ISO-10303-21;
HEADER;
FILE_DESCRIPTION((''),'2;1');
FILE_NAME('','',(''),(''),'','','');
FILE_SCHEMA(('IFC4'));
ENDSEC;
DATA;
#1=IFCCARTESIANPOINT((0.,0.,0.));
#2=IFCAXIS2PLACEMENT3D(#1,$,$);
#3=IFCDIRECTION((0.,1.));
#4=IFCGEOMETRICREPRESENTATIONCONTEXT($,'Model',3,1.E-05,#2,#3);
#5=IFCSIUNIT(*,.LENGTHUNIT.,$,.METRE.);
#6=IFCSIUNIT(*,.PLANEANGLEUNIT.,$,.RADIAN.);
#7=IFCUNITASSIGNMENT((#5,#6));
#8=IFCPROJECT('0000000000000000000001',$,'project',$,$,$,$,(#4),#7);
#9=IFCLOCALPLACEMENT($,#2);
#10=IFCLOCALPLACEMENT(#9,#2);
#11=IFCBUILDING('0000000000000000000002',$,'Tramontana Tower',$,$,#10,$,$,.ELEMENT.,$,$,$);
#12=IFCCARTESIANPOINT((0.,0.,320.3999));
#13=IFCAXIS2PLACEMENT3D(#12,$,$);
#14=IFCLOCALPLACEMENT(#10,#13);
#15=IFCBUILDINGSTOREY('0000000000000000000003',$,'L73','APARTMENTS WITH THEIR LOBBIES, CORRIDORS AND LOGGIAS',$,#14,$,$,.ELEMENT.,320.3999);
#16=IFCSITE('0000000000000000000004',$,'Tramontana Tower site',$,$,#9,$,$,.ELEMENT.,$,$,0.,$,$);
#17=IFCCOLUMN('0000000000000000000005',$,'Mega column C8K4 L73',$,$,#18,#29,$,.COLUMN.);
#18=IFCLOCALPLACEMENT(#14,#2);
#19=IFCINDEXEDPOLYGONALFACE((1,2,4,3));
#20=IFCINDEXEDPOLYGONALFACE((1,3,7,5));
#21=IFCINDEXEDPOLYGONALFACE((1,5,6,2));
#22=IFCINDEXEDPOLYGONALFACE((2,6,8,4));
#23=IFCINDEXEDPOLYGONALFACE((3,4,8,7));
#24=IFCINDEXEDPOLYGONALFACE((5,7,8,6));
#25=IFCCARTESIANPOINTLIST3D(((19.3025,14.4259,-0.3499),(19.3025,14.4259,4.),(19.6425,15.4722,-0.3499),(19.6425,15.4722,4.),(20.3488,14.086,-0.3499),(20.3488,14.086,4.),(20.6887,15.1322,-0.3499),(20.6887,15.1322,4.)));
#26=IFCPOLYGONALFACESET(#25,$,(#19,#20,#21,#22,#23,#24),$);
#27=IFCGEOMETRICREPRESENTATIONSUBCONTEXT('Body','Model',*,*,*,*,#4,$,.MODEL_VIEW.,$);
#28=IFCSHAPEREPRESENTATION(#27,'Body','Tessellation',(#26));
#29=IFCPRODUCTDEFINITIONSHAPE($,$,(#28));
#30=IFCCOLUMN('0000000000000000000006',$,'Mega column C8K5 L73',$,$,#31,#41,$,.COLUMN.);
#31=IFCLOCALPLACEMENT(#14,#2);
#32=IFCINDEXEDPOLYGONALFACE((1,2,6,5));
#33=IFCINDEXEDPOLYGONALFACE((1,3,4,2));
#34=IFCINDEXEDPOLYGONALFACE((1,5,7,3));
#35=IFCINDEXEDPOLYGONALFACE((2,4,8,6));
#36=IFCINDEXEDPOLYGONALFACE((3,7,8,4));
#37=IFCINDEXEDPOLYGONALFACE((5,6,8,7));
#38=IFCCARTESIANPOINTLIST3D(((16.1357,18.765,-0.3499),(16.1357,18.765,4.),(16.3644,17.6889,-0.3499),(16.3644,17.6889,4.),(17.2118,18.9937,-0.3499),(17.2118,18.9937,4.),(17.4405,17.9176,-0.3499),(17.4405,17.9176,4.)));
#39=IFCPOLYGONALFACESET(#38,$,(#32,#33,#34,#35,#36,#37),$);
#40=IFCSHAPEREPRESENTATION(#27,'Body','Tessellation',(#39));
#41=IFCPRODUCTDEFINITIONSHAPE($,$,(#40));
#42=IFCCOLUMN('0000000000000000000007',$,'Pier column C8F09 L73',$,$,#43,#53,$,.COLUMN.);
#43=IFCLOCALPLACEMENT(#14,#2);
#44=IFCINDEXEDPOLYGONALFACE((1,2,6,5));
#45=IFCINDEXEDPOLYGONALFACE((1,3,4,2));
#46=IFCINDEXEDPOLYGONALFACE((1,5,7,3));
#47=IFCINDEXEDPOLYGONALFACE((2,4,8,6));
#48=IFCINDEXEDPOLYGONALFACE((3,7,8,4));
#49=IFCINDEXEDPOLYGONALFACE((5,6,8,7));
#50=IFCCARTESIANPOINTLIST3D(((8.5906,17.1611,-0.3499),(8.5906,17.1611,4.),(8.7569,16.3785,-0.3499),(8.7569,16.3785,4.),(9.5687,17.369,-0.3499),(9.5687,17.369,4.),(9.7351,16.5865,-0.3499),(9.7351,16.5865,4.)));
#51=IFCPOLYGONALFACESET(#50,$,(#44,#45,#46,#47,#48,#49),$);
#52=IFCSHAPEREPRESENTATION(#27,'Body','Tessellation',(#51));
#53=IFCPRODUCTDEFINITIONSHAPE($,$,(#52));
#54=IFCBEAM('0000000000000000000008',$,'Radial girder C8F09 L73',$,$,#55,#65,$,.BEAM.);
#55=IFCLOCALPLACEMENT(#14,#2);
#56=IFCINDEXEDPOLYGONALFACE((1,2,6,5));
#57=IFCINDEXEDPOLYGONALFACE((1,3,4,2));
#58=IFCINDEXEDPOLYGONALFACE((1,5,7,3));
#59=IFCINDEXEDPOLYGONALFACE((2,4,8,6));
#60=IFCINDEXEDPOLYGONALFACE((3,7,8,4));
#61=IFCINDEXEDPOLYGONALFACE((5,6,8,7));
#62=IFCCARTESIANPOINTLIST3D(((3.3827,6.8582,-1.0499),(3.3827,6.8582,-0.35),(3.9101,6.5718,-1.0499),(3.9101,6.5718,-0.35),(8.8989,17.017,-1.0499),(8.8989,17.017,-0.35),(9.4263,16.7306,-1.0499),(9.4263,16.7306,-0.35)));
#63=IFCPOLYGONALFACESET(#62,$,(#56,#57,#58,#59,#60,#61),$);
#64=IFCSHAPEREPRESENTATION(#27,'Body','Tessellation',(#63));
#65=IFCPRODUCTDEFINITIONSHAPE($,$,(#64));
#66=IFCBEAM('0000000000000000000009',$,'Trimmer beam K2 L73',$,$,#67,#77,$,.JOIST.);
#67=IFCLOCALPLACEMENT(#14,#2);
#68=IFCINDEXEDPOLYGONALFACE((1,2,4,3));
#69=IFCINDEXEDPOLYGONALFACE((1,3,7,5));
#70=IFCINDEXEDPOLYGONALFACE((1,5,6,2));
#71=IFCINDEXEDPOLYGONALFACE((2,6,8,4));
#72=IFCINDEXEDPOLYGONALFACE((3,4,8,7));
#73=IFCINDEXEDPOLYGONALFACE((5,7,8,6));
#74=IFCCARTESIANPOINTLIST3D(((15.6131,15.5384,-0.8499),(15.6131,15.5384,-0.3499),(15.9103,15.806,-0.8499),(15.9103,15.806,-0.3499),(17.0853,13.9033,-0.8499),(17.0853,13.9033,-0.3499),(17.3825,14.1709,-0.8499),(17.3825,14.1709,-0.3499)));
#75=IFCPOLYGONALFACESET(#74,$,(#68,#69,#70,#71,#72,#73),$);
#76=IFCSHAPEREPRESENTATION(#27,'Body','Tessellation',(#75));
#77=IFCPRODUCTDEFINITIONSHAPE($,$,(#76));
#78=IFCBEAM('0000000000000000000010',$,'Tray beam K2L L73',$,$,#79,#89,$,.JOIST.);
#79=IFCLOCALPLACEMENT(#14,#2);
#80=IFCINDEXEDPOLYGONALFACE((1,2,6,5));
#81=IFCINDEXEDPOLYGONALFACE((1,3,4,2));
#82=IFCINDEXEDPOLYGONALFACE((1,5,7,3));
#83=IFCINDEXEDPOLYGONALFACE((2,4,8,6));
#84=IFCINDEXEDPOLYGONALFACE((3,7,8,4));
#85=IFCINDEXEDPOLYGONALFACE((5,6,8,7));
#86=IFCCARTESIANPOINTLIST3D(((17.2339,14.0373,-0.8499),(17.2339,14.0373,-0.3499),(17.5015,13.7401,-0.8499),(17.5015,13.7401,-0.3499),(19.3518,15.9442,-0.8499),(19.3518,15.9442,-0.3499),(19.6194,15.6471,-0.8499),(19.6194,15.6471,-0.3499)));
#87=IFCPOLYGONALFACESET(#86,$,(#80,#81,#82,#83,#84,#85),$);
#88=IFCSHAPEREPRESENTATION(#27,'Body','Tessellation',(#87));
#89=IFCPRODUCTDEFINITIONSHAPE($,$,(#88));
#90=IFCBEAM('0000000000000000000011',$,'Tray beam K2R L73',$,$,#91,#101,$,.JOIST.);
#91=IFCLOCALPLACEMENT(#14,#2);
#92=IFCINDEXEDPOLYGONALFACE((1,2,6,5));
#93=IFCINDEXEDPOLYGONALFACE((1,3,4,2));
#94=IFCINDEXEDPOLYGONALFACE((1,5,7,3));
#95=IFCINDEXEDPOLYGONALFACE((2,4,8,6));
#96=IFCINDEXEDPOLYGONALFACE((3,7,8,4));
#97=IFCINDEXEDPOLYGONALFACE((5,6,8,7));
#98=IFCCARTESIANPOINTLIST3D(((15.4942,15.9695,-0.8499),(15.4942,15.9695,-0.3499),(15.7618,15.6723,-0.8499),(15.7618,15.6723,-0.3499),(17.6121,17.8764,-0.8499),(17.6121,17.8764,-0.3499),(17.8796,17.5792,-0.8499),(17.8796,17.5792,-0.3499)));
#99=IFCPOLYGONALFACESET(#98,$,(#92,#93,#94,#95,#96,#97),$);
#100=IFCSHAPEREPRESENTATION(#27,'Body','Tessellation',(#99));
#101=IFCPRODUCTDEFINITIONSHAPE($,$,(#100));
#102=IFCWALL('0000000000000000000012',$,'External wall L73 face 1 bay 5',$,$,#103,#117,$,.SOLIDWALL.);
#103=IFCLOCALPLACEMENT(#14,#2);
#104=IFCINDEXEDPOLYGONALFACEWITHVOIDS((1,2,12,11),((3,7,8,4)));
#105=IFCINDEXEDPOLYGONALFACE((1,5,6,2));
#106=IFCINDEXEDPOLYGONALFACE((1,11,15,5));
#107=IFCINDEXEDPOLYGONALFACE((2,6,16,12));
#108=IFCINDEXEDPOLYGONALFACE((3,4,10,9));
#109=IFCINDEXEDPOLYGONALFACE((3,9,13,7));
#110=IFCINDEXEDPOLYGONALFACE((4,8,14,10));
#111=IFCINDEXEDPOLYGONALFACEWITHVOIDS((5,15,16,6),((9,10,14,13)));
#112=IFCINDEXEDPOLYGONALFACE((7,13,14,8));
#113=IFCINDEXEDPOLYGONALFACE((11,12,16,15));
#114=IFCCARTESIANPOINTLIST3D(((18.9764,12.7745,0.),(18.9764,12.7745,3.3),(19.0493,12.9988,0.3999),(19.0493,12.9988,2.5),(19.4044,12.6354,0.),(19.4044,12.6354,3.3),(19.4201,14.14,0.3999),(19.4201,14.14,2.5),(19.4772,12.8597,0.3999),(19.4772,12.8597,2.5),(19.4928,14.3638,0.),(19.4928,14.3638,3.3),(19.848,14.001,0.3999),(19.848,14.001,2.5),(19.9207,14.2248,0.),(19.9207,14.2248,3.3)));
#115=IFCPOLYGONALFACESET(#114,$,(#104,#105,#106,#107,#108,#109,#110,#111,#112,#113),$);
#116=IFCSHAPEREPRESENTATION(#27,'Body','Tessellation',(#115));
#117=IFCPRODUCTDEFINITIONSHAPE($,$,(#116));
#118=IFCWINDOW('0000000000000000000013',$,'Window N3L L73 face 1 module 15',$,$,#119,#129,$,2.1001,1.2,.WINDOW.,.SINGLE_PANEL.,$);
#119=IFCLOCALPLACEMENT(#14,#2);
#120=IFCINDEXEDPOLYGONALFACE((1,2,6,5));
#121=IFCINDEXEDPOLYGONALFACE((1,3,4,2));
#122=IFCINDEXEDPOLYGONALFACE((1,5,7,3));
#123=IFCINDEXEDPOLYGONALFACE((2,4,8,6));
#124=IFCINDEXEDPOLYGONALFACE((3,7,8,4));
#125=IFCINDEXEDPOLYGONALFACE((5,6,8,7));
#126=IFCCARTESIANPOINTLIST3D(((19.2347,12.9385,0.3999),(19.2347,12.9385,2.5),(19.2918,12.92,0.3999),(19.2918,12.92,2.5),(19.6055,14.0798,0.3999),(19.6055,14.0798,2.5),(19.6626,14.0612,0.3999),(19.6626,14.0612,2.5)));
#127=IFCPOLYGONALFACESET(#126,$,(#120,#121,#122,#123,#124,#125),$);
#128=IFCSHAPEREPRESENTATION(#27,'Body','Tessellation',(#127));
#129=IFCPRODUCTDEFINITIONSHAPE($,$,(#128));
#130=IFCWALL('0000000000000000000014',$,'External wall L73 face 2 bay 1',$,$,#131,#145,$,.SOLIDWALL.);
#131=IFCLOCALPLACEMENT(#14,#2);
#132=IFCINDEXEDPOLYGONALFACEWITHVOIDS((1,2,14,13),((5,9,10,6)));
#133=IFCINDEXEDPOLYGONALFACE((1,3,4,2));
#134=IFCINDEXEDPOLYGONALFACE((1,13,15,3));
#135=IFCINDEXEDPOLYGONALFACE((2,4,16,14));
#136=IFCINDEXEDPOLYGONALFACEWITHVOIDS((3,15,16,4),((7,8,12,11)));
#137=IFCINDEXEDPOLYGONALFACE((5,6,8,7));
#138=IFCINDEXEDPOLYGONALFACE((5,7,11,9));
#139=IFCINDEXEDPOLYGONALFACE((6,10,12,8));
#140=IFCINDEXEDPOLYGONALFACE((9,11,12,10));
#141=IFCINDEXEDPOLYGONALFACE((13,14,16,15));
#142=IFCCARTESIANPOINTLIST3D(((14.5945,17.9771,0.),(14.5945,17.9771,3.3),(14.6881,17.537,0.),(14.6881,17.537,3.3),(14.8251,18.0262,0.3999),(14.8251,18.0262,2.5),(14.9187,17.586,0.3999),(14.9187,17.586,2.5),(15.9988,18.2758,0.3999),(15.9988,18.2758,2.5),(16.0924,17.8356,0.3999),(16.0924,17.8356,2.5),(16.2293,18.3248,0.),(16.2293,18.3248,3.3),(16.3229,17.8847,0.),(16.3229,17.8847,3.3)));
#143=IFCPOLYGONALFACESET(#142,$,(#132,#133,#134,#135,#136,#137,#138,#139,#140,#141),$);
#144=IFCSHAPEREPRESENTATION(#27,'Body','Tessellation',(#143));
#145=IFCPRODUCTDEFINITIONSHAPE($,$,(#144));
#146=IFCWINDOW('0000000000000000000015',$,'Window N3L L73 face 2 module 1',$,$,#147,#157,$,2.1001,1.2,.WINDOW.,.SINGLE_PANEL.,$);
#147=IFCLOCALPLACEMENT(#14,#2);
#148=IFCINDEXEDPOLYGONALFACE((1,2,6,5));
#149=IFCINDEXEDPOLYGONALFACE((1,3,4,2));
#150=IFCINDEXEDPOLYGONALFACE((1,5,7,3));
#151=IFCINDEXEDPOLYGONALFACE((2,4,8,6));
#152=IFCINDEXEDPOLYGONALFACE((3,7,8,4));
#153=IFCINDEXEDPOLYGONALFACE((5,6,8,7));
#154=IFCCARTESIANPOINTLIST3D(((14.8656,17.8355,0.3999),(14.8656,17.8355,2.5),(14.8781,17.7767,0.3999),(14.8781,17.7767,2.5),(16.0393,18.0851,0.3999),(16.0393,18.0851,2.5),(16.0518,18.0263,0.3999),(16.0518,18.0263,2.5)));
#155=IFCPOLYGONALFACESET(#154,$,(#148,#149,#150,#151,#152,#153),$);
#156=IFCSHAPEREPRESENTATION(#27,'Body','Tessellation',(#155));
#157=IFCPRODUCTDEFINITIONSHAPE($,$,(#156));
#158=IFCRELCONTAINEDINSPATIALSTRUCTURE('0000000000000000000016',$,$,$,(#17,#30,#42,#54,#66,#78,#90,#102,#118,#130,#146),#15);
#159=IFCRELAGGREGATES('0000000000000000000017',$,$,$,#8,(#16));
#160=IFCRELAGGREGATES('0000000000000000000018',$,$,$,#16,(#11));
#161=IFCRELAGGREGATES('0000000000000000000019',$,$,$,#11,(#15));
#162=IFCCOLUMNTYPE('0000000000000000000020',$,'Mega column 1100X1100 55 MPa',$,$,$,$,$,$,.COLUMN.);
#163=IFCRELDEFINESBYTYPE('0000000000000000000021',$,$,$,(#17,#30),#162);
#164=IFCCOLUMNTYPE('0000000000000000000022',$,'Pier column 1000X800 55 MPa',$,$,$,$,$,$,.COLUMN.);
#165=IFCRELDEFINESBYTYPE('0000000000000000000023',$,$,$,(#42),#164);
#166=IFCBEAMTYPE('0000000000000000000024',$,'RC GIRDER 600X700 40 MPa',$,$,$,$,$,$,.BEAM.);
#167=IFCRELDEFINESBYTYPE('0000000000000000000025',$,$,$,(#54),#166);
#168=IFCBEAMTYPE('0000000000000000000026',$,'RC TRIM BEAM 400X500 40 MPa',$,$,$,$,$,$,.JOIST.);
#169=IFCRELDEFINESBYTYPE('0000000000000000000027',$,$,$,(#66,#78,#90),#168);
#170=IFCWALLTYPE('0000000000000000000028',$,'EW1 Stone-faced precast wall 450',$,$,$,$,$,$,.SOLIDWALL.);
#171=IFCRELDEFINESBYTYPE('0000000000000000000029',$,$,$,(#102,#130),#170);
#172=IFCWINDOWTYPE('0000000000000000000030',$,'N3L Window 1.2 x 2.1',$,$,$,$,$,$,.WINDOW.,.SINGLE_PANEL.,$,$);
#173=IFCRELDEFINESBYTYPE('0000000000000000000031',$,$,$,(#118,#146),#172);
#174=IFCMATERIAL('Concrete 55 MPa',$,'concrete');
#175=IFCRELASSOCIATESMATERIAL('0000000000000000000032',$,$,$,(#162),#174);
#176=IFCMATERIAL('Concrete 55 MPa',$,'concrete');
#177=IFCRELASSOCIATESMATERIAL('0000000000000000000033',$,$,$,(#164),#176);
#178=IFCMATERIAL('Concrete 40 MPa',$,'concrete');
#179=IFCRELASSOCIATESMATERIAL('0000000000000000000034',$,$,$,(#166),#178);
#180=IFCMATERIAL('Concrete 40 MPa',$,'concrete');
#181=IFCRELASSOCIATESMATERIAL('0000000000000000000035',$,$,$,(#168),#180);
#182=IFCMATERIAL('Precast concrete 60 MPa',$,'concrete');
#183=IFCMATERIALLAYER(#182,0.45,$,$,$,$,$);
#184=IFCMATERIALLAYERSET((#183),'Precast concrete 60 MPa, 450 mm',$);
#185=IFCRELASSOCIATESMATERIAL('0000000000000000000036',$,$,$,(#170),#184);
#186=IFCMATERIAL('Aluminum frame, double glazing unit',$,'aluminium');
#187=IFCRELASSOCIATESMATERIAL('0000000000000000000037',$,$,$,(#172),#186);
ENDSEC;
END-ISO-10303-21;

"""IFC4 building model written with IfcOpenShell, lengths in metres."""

from ifc_helpers import new_model, si_unit, direction, frame, frame_2d, origin, origin_2d, place, context, subcontext, project, spatial, rectangle, extrude, material, layer, layer_set, material_profile, profile_set, type_object, element, fill, save


model = new_model("IFC4")

# Units and contexts
model_context = context("Model", 3, precision=1e-05, world=origin(), true_north=direction((0.0, 1.0)))
body_context = subcontext(model_context, "Body", "Model", "MODEL_VIEW")
ifc_project = project(units=[si_unit("LENGTHUNIT", "METRE"), si_unit("PLANEANGLEUNIT", "RADIAN")], contexts=[model_context])

# Site, building, storey
site_placement = place(None, origin())
site = spatial("IfcSite", under=ifc_project, at=site_placement, Name="Tramontana Tower site", CompositionType="ELEMENT", RefElevation=0.0)
building_placement = place(site_placement, origin())
building = spatial("IfcBuilding", under=site, at=building_placement, Name="Tramontana Tower", CompositionType="ELEMENT")
storey_placement = place(building_placement, frame((0.0, 0.0, 320.3999)))
storey = spatial("IfcBuildingStorey", under=building, at=storey_placement, Name="L73", Description="APARTMENTS WITH THEIR LOBBIES, CORRIDORS AND LOGGIAS", CompositionType="ELEMENT", Elevation=320.3999)

# Columns
ifc_material_1 = material(Name="Concrete 55 MPa", Category="concrete")
ifc_material_profile_1 = material_profile(ifc_material_1, rectangle(XDim=1.1001, YDim=1.1001, at=origin_2d()), Name="Mega column 1100X1100 55 MPa")
ifc_profile_set_1 = profile_set([ifc_material_profile_1], Name="Concrete 55 MPa")
column_type_1 = type_object("IfcColumnType", Name="Mega column 1100X1100 55 MPa", PredefinedType="COLUMN", material=ifc_profile_set_1)
for number, where, z_axis, x_axis, name in (
    (1, (19.9956, 14.7791, -0.3499), (0.0, 0.0, 1.0), (0.309017, 0.951057, 0.0), "Mega column C8K4 L73"),
    (2, (16.7881, 18.3413, -0.3499), (0.0, 0.0, 1.0), (-0.978148, -0.207912, 0.0), "Mega column C8K5 L73"),
):
    element("IfcColumn", number, at=place(storey_placement, frame(where, z_axis=z_axis, x_axis=x_axis)), inside=storey, type_object=column_type_1, Name=name, PredefinedType="COLUMN", context=body_context, shape_type="SweptSolid", body=[
        extrude(rectangle(XDim=1.1001, YDim=1.1001, at=origin_2d()), origin(), (0.0, 0.0, 1.0), 4.3499),
    ])
ifc_material_2 = material(Name="Concrete 55 MPa", Category="concrete")
ifc_material_profile_2 = material_profile(ifc_material_2, rectangle(XDim=1.0, YDim=0.8, at=origin_2d()), Name="Pier column 1000X800 55 MPa")
ifc_profile_set_2 = profile_set([ifc_material_profile_2], Name="Concrete 55 MPa")
column_type_2 = type_object("IfcColumnType", Name="Pier column 1000X800 55 MPa", PredefinedType="COLUMN", material=ifc_profile_set_2)
column_placement = place(storey_placement, frame((9.1628, 16.8738, -0.3499), z_axis=(0.0, 0.0, 1.0), x_axis=(-0.978148, -0.207912, 0.0)))
element("IfcColumn", 3, at=column_placement, inside=storey, type_object=column_type_2, Name="Pier column C8F09 L73", PredefinedType="COLUMN", context=body_context, shape_type="SweptSolid", body=[
    extrude(rectangle(XDim=1.0, YDim=0.8, at=origin_2d()), origin(), (0.0, 0.0, 1.0), 4.3499),
])

# Beams
ifc_material_3 = material(Name="Concrete 40 MPa", Category="concrete")
ifc_material_profile_3 = material_profile(ifc_material_3, rectangle(XDim=0.6001, YDim=0.7, at=origin_2d()), Name="RC GIRDER 600X700 40 MPa")
ifc_profile_set_3 = profile_set([ifc_material_profile_3], Name="Concrete 40 MPa")
beam_type_1 = type_object("IfcBeamType", Name="RC GIRDER 600X700 40 MPa", PredefinedType="BEAM", material=ifc_profile_set_3)
beam_1_placement = place(storey_placement, frame((9.1626, 16.8738, -0.7), z_axis=(-0.477185, -0.878803, 0.0), x_axis=(0.878803, -0.477185, 0.0)))
element("IfcBeam", 4, at=beam_1_placement, inside=storey, type_object=beam_type_1, Name="Radial girder C8F09 L73", PredefinedType="BEAM", context=body_context, shape_type="SweptSolid", body=[
    extrude(rectangle(XDim=0.6001, YDim=0.7, at=origin_2d()), origin(), (0.0, 0.0, 1.0), 11.5598),
])
ifc_material_4 = material(Name="Concrete 40 MPa", Category="concrete")
ifc_material_profile_4 = material_profile(ifc_material_4, rectangle(XDim=0.3999, YDim=0.5, at=origin_2d()), Name="RC TRIM BEAM 400X500 40 MPa")
ifc_profile_set_4 = profile_set([ifc_material_profile_4], Name="Concrete 40 MPa")
beam_type_2 = type_object("IfcBeamType", Name="RC TRIM BEAM 400X500 40 MPa", PredefinedType="JOIST", material=ifc_profile_set_4)
beam_2_placement = place(storey_placement, frame((17.2339, 14.0371, -0.5999), z_axis=(-0.66913, 0.743145, 0.0), x_axis=(-0.743145, -0.66913, 0.0)))
element("IfcBeam", 5, at=beam_2_placement, inside=storey, type_object=beam_type_2, Name="Trimmer beam K2 L73", PredefinedType="JOIST", context=body_context, shape_type="SweptSolid", body=[
    extrude(rectangle(XDim=0.3999, YDim=0.5, at=origin_2d()), origin(), (0.0, 0.0, 1.0), 2.2002),
])
for number, where, z_axis, x_axis, name in (
    (6, (19.4856, 15.7957, -0.5999), (-0.743145, -0.66913, 0.0), (0.66913, -0.743145, 0.0), "Tray beam K2L L73"),
    (7, (17.7458, 17.7278, -0.5999), (-0.743145, -0.66913, 0.0), (0.66913, -0.743145, 0.0), "Tray beam K2R L73"),
):
    element("IfcBeam", number, at=place(storey_placement, frame(where, z_axis=z_axis, x_axis=x_axis)), inside=storey, type_object=beam_type_2, Name=name, PredefinedType="JOIST", context=body_context, shape_type="SweptSolid", body=[
        extrude(rectangle(XDim=0.3999, YDim=0.5, at=origin_2d()), origin(), (0.0, 0.0, 1.0), 2.8499),
    ])

# Walls, openings, windows
ifc_material_5 = material(Name="Precast concrete 60 MPa", Category="concrete")
ifc_layer_1 = layer(ifc_material_5, 0.45)
ifc_layer_set_1 = layer_set([ifc_layer_1], Name="Precast concrete 60 MPa, 450 mm")
wall_type_1 = type_object("IfcWallType", Name="EW1 Stone-faced precast wall 450", PredefinedType="SOLIDWALL", material=ifc_layer_set_1)
wall_1_placement = place(storey_placement, frame((19.1904, 12.7051, 0.0), z_axis=(0.0, 0.0, 1.0), x_axis=(0.308987, 0.951066, 0.0)))
wall_1 = element("IfcWall", 8, at=wall_1_placement, inside=storey, type_object=wall_type_1, Name="External wall L73 face 1 bay 5", PredefinedType="SOLIDWALL", context=body_context, shape_type="SweptSolid", body=[
    extrude(rectangle(XDim=1.6711, YDim=0.45, at=frame_2d((0.8354, 0.0))), origin(), (0.0, 0.0, 1.0), 3.3),
])
opening_1_placement = place(wall_1_placement, frame((0.2356, 0.0, 0.3999)))
opening_1 = element("IfcOpeningElement", 9, at=opening_1_placement, cuts=wall_1, PredefinedType="OPENING", context=body_context, shape_type="SweptSolid", body=[
    extrude(rectangle(XDim=1.2, YDim=2.1001, at=frame_2d((0.6001, 1.05))), frame((0.0, 0.2349, 0.0), z_axis=(0.0, -1.0, 0.0), x_axis=(1.0, 0.0, 0.0)), (0.0, 0.0, 1.0), 0.47),
])
ifc_material_6 = material(Name="Aluminum frame, double glazing unit", Category="aluminium")
window_type_1 = type_object("IfcWindowType", Name="N3L Window 1.2 x 2.1", PartitioningType="SINGLE_PANEL", PredefinedType="WINDOW", material=ifc_material_6)
window_1_placement = place(opening_1_placement, origin())
window_1 = element("IfcWindow", 10, at=window_1_placement, inside=storey, type_object=window_type_1, Name="Window N3L L73 face 1 module 15", OverallHeight=2.1001, OverallWidth=1.2, PartitioningType="SINGLE_PANEL", PredefinedType="WINDOW", context=body_context, shape_type="SweptSolid", body=[
    extrude(rectangle(XDim=1.2, YDim=2.1001, at=frame_2d((0.6001, 1.05))), frame((0.0, 0.03, 0.0), z_axis=(0.0, -1.0, 0.0), x_axis=(1.0, 0.0, 0.0)), (0.0, 0.0, 1.0), 0.0601),
])
fill(opening_1, window_1)
wall_2_placement = place(storey_placement, frame((16.2761, 18.1047, 0.0), z_axis=(0.0, 0.0, 1.0), x_axis=(-0.978126, -0.208012, 0.0)))
wall_2 = element("IfcWall", 11, at=wall_2_placement, inside=storey, type_object=wall_type_1, Name="External wall L73 face 2 bay 1", PredefinedType="SOLIDWALL", context=body_context, shape_type="SweptSolid", body=[
    extrude(rectangle(XDim=1.6714, YDim=0.45, at=frame_2d((0.8357, 0.0))), origin(), (0.0, 0.0, 1.0), 3.3),
])
opening_2_placement = place(wall_2_placement, frame((0.2356, 0.0, 0.3999)))
opening_2 = element("IfcOpeningElement", 12, at=opening_2_placement, cuts=wall_2, PredefinedType="OPENING", context=body_context, shape_type="SweptSolid", body=[
    extrude(rectangle(XDim=1.2, YDim=2.1001, at=frame_2d((0.6001, 1.05))), frame((0.0, 0.2349, 0.0), z_axis=(0.0, -1.0, 0.0), x_axis=(1.0, 0.0, 0.0)), (0.0, 0.0, 1.0), 0.47),
])
window_2_placement = place(opening_2_placement, origin())
window_2 = element("IfcWindow", 13, at=window_2_placement, inside=storey, type_object=window_type_1, Name="Window N3L L73 face 2 module 1", OverallHeight=2.1001, OverallWidth=1.2, PartitioningType="SINGLE_PANEL", PredefinedType="WINDOW", context=body_context, shape_type="SweptSolid", body=[
    extrude(rectangle(XDim=1.2, YDim=2.1001, at=frame_2d((0.6001, 1.05))), frame((0.0, 0.03, 0.0), z_axis=(0.0, -1.0, 0.0), x_axis=(1.0, 0.0, 0.0)), (0.0, 0.0, 1.0), 0.0601),
])
fill(opening_2, window_2)

save(model, "model.ifc")
